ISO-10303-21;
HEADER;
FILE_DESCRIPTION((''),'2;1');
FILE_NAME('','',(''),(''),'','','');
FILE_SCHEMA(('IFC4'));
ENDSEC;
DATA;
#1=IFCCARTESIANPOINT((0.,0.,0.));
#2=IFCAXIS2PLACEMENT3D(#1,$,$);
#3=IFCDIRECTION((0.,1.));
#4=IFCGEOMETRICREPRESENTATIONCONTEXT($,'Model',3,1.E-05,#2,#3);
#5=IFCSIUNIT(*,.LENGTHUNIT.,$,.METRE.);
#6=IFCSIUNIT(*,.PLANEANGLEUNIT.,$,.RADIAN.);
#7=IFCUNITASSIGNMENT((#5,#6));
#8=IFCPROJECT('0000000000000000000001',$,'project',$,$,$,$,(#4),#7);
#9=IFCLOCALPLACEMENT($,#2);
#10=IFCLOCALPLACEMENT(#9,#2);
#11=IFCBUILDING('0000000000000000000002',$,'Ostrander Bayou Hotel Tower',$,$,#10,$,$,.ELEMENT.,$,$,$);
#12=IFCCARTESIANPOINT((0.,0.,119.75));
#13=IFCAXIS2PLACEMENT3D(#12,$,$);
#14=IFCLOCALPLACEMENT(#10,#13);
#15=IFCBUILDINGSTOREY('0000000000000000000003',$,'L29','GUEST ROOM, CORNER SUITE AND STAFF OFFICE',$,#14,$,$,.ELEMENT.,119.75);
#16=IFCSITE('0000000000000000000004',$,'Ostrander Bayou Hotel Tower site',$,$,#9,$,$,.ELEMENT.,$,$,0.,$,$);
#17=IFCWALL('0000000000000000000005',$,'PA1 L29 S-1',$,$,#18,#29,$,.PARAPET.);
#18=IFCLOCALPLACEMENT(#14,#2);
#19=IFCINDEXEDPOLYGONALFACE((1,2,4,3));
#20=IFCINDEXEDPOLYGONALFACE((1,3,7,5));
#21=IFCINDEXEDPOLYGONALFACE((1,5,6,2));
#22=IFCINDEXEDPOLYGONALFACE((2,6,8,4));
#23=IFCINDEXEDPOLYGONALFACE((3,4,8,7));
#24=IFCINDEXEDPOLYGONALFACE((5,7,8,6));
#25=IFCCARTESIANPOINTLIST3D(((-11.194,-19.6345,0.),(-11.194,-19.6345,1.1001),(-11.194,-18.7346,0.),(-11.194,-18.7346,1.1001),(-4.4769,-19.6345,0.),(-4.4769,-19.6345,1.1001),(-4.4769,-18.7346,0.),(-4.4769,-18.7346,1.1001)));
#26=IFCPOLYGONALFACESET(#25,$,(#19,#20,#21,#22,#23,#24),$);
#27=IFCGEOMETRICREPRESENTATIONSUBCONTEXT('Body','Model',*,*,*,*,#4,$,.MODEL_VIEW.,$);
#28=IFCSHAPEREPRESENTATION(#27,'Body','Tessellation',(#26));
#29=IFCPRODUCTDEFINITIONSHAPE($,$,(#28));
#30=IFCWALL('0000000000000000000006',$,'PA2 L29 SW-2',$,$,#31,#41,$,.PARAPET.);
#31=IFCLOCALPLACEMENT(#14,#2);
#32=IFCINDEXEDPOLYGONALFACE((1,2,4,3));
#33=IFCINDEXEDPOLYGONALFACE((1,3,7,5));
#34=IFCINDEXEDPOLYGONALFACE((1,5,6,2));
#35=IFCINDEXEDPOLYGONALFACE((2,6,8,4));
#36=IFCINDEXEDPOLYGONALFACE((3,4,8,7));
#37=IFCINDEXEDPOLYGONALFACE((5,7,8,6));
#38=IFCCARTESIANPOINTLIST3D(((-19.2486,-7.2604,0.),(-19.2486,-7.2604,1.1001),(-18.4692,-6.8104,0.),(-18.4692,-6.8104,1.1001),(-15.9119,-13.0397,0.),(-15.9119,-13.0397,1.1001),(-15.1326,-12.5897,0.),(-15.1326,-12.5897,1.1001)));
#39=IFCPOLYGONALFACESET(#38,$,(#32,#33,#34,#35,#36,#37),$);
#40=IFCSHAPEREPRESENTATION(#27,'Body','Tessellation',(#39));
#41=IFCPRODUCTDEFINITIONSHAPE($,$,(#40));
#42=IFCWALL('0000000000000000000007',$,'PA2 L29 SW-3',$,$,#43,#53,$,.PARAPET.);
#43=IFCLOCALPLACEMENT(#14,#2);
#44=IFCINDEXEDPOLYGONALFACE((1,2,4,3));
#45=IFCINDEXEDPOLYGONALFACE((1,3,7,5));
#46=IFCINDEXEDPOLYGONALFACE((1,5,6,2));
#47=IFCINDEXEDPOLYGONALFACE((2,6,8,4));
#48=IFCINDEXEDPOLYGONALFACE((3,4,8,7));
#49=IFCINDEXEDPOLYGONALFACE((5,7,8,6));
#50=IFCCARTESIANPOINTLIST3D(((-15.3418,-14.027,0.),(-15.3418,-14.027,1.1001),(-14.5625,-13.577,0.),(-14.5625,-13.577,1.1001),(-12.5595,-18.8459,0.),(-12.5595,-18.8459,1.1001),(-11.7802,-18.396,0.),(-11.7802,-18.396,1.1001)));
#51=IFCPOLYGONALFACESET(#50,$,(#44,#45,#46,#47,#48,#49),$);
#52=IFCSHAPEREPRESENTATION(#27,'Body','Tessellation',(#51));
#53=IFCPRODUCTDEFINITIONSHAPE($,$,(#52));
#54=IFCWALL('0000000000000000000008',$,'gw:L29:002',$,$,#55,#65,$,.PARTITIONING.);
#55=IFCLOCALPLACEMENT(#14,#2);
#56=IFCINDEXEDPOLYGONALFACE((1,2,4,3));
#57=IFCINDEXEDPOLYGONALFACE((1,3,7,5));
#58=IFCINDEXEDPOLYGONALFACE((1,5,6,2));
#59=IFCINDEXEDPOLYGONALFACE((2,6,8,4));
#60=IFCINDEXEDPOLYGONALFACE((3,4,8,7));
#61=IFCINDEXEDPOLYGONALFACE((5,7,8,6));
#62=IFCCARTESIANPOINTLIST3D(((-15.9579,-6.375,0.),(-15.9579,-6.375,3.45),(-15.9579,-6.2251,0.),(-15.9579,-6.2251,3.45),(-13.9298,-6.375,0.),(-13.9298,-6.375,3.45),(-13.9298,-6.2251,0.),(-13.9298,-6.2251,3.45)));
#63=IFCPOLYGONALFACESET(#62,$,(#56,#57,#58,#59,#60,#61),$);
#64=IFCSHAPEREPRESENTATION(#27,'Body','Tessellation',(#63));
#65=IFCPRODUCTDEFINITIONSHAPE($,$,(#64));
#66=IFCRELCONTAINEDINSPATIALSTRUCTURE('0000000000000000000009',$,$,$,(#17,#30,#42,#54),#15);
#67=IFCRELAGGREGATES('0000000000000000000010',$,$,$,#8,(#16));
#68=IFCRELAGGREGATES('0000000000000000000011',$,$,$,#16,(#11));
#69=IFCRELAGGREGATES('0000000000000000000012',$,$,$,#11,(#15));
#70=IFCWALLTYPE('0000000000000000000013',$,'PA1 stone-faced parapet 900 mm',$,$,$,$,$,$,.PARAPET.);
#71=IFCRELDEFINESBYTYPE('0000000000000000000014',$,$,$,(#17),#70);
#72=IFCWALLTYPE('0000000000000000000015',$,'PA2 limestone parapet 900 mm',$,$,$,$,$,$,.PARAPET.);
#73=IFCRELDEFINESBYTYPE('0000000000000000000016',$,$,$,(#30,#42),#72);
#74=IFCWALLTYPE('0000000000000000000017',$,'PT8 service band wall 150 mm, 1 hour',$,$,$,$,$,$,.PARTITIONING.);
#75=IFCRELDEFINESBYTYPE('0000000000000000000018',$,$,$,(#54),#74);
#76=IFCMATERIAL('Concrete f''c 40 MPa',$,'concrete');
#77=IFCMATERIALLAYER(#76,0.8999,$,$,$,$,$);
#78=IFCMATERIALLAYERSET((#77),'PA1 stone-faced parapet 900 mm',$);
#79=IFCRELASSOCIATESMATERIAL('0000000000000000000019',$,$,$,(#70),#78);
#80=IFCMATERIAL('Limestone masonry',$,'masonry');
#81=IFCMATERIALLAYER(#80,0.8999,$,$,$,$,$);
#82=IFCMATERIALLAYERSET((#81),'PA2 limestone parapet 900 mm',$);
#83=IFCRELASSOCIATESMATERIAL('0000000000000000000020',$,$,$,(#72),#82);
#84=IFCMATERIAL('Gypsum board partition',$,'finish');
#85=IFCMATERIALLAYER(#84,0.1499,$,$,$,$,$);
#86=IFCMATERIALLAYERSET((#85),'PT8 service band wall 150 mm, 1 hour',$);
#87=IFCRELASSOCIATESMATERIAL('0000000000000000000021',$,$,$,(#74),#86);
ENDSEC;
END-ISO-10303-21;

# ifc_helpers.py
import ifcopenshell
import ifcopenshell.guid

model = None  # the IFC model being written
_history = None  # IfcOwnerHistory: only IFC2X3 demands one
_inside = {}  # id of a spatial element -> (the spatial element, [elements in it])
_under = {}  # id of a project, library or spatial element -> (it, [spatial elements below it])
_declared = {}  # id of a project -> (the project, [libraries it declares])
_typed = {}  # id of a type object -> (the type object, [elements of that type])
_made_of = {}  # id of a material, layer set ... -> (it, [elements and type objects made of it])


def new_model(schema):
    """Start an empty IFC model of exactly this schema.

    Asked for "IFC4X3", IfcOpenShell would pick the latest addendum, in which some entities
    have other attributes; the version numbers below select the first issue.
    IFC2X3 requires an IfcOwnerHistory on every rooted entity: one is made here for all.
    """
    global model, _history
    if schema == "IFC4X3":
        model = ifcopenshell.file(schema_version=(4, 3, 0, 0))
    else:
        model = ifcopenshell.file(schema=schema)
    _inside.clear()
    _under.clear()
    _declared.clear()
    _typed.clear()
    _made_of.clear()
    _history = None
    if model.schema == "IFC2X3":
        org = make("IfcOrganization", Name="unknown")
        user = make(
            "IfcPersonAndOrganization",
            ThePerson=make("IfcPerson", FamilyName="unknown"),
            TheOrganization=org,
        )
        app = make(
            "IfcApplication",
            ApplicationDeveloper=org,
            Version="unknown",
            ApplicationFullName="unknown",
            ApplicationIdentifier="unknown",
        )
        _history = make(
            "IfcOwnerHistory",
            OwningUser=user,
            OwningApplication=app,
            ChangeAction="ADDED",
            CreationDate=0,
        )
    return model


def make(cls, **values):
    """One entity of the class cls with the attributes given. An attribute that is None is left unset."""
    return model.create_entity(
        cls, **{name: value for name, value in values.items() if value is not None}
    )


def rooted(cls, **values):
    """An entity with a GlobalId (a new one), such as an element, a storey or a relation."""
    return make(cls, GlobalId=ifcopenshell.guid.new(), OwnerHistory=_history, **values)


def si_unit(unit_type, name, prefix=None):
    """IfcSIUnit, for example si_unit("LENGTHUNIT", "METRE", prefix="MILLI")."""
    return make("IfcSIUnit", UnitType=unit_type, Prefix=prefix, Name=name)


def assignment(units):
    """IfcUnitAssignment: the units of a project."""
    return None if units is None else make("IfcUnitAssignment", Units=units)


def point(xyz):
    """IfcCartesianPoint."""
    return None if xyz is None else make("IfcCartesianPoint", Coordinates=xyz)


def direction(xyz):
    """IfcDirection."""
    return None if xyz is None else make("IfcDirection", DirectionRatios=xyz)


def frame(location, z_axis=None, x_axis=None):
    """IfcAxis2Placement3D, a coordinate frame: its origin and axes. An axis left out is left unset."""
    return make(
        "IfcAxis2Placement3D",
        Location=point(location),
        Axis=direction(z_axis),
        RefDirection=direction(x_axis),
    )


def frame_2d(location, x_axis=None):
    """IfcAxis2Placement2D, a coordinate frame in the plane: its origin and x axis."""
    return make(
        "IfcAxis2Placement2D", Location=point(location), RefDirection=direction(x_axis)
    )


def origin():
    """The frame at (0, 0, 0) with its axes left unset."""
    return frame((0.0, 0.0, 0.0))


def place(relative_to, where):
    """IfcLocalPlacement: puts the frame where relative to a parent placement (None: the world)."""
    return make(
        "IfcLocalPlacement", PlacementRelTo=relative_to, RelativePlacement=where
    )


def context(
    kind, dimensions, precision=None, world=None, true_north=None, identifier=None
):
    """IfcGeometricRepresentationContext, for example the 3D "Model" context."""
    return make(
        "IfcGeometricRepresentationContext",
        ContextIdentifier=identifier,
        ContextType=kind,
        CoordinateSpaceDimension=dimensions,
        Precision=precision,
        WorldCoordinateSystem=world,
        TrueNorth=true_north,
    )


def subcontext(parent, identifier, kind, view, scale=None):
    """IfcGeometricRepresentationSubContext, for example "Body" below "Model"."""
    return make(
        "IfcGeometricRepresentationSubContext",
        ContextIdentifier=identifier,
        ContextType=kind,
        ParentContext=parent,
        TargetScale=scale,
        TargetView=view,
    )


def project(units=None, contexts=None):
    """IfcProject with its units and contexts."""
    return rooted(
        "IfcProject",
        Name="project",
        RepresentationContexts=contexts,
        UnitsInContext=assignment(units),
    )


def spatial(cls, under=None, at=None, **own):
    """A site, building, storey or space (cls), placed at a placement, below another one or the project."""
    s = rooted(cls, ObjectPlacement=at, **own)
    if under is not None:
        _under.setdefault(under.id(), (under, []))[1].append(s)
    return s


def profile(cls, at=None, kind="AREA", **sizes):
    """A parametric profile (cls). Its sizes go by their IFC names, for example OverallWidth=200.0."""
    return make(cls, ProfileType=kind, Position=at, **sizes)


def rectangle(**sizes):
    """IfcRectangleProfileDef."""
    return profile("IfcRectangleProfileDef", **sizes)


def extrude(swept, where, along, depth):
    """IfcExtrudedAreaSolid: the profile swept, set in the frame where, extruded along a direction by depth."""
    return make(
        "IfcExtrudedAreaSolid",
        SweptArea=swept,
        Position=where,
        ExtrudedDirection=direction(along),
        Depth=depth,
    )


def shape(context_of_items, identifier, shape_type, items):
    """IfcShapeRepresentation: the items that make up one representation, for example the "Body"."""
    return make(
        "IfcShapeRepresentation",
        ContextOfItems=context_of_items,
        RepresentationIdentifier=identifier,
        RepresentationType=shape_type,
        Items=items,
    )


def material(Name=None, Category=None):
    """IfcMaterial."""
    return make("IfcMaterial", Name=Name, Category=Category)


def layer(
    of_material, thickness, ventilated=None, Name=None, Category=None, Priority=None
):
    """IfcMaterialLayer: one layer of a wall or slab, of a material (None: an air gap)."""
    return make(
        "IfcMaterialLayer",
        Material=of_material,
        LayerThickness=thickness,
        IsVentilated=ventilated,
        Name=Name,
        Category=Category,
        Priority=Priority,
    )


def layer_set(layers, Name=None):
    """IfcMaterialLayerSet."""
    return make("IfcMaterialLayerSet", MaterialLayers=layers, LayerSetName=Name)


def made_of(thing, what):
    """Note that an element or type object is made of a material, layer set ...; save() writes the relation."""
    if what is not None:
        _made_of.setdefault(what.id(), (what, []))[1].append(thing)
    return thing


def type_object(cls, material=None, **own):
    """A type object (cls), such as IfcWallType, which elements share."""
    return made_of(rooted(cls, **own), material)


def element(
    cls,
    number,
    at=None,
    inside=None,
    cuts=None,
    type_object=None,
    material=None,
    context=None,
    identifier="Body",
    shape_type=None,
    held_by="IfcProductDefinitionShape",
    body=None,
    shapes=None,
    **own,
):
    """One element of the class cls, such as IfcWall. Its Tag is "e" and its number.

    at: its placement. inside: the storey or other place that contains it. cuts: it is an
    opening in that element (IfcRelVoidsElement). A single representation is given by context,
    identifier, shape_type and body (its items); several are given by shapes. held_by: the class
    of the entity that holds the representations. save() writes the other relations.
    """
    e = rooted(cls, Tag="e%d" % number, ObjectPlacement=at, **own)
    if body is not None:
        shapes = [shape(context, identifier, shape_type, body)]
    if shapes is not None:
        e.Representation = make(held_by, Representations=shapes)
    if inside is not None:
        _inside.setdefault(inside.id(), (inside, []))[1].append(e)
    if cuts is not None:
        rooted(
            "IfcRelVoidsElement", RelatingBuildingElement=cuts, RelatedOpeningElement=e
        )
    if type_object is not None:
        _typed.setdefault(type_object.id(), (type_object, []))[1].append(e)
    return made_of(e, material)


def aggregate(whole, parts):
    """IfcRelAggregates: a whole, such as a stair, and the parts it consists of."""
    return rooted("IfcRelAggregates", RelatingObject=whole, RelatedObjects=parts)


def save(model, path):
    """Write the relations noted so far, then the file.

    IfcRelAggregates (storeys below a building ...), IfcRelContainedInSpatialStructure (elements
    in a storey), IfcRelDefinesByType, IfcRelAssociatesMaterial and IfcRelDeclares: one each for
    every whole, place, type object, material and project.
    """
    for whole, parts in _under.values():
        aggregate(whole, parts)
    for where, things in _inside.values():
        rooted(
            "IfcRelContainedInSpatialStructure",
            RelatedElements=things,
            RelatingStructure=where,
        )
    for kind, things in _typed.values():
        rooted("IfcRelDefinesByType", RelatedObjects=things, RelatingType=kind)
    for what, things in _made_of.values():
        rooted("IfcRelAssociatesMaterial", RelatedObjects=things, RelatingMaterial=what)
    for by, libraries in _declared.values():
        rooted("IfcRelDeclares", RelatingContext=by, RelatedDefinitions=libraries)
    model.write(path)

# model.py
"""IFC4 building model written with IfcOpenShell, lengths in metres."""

from ifc_helpers import new_model, si_unit, direction, frame, frame_2d, origin, place, context, subcontext, project, spatial, rectangle, extrude, material, layer, layer_set, type_object, element, save


model = new_model("IFC4")

# Units and contexts
model_context = context("Model", 3, precision=1e-05, world=origin(), true_north=direction((0.0, 1.0)))
body_context = subcontext(model_context, "Body", "Model", "MODEL_VIEW")
ifc_project = project(units=[si_unit("LENGTHUNIT", "METRE"), si_unit("PLANEANGLEUNIT", "RADIAN")], contexts=[model_context])

# Site, building, storey
site_placement = place(None, origin())
site = spatial("IfcSite", under=ifc_project, at=site_placement, Name="Ostrander Bayou Hotel Tower site", CompositionType="ELEMENT", RefElevation=0.0)
building_placement = place(site_placement, origin())
building = spatial("IfcBuilding", under=site, at=building_placement, Name="Ostrander Bayou Hotel Tower", CompositionType="ELEMENT")
storey_placement = place(building_placement, frame((0.0, 0.0, 119.75)))
storey = spatial("IfcBuildingStorey", under=building, at=storey_placement, Name="L29", Description="GUEST ROOM, CORNER SUITE AND STAFF OFFICE", CompositionType="ELEMENT", Elevation=119.75)

# Walls
ifc_material_1 = material(Name="Concrete f'c 40 MPa", Category="concrete")
ifc_layer_1 = layer(ifc_material_1, 0.8999)
ifc_layer_set_1 = layer_set([ifc_layer_1], Name="PA1 stone-faced parapet 900 mm")
wall_type_1 = type_object("IfcWallType", Name="PA1 stone-faced parapet 900 mm", PredefinedType="PARAPET", material=ifc_layer_set_1)
wall_1_placement = place(storey_placement, frame((-11.1938, -19.1846, 0.0), z_axis=(0.0, 0.0, 1.0), x_axis=(1.0, 0.0, 0.0)))
element("IfcWall", 1, at=wall_1_placement, inside=storey, type_object=wall_type_1, Name="PA1 L29 S-1", PredefinedType="PARAPET", context=body_context, shape_type="SweptSolid", body=[
    extrude(rectangle(XDim=6.717, YDim=0.8999, at=frame_2d((3.3584, 0.0))), origin(), (0.0, 0.0, 1.0), 1.1001),
])
ifc_material_2 = material(Name="Limestone masonry", Category="masonry")
ifc_layer_2 = layer(ifc_material_2, 0.8999)
ifc_layer_set_2 = layer_set([ifc_layer_2], Name="PA2 limestone parapet 900 mm")
wall_type_2 = type_object("IfcWallType", Name="PA2 limestone parapet 900 mm", PredefinedType="PARAPET", material=ifc_layer_set_2)
wall_2_placement = place(storey_placement, frame((-18.8589, -7.0354, 0.0), z_axis=(0.0, 0.0, 1.0), x_axis=(0.499999, -0.866026, 0.0)))
element("IfcWall", 2, at=wall_2_placement, inside=storey, type_object=wall_type_2, Name="PA2 L29 SW-2", PredefinedType="PARAPET", context=body_context, shape_type="SweptSolid", body=[
    extrude(rectangle(XDim=6.6733, YDim=0.8999, at=frame_2d((3.3367, 0.0))), origin(), (0.0, 0.0, 1.0), 1.1001),
])
wall_3_placement = place(storey_placement, frame((-14.9521, -13.802, 0.0), z_axis=(0.0, 0.0, 1.0), x_axis=(0.500009, -0.86602, 0.0)))
element("IfcWall", 3, at=wall_3_placement, inside=storey, type_object=wall_type_2, Name="PA2 L29 SW-3", PredefinedType="PARAPET", context=body_context, shape_type="SweptSolid", body=[
    extrude(rectangle(XDim=5.5645, YDim=0.8999, at=frame_2d((2.7822, 0.0))), origin(), (0.0, 0.0, 1.0), 1.1001),
])
ifc_material_3 = material(Name="Gypsum board partition", Category="finish")
ifc_layer_3 = layer(ifc_material_3, 0.1499)
ifc_layer_set_3 = layer_set([ifc_layer_3], Name="PT8 service band wall 150 mm, 1 hour")
wall_type_3 = type_object("IfcWallType", Name="PT8 service band wall 150 mm, 1 hour", PredefinedType="PARTITIONING", material=ifc_layer_set_3)
wall_4_placement = place(storey_placement, frame((-15.958, -6.3, 0.0), z_axis=(0.0, 0.0, 1.0), x_axis=(1.0, 0.0, 0.0)))
element("IfcWall", 4, at=wall_4_placement, inside=storey, type_object=wall_type_3, Name="gw:L29:002", PredefinedType="PARTITIONING", context=body_context, shape_type="SweptSolid", body=[
    extrude(rectangle(XDim=2.0281, YDim=0.1499, at=frame_2d((1.0142, 0.0))), origin(), (0.0, 0.0, 1.0), 3.45),
])

save(model, "model.ifc")
